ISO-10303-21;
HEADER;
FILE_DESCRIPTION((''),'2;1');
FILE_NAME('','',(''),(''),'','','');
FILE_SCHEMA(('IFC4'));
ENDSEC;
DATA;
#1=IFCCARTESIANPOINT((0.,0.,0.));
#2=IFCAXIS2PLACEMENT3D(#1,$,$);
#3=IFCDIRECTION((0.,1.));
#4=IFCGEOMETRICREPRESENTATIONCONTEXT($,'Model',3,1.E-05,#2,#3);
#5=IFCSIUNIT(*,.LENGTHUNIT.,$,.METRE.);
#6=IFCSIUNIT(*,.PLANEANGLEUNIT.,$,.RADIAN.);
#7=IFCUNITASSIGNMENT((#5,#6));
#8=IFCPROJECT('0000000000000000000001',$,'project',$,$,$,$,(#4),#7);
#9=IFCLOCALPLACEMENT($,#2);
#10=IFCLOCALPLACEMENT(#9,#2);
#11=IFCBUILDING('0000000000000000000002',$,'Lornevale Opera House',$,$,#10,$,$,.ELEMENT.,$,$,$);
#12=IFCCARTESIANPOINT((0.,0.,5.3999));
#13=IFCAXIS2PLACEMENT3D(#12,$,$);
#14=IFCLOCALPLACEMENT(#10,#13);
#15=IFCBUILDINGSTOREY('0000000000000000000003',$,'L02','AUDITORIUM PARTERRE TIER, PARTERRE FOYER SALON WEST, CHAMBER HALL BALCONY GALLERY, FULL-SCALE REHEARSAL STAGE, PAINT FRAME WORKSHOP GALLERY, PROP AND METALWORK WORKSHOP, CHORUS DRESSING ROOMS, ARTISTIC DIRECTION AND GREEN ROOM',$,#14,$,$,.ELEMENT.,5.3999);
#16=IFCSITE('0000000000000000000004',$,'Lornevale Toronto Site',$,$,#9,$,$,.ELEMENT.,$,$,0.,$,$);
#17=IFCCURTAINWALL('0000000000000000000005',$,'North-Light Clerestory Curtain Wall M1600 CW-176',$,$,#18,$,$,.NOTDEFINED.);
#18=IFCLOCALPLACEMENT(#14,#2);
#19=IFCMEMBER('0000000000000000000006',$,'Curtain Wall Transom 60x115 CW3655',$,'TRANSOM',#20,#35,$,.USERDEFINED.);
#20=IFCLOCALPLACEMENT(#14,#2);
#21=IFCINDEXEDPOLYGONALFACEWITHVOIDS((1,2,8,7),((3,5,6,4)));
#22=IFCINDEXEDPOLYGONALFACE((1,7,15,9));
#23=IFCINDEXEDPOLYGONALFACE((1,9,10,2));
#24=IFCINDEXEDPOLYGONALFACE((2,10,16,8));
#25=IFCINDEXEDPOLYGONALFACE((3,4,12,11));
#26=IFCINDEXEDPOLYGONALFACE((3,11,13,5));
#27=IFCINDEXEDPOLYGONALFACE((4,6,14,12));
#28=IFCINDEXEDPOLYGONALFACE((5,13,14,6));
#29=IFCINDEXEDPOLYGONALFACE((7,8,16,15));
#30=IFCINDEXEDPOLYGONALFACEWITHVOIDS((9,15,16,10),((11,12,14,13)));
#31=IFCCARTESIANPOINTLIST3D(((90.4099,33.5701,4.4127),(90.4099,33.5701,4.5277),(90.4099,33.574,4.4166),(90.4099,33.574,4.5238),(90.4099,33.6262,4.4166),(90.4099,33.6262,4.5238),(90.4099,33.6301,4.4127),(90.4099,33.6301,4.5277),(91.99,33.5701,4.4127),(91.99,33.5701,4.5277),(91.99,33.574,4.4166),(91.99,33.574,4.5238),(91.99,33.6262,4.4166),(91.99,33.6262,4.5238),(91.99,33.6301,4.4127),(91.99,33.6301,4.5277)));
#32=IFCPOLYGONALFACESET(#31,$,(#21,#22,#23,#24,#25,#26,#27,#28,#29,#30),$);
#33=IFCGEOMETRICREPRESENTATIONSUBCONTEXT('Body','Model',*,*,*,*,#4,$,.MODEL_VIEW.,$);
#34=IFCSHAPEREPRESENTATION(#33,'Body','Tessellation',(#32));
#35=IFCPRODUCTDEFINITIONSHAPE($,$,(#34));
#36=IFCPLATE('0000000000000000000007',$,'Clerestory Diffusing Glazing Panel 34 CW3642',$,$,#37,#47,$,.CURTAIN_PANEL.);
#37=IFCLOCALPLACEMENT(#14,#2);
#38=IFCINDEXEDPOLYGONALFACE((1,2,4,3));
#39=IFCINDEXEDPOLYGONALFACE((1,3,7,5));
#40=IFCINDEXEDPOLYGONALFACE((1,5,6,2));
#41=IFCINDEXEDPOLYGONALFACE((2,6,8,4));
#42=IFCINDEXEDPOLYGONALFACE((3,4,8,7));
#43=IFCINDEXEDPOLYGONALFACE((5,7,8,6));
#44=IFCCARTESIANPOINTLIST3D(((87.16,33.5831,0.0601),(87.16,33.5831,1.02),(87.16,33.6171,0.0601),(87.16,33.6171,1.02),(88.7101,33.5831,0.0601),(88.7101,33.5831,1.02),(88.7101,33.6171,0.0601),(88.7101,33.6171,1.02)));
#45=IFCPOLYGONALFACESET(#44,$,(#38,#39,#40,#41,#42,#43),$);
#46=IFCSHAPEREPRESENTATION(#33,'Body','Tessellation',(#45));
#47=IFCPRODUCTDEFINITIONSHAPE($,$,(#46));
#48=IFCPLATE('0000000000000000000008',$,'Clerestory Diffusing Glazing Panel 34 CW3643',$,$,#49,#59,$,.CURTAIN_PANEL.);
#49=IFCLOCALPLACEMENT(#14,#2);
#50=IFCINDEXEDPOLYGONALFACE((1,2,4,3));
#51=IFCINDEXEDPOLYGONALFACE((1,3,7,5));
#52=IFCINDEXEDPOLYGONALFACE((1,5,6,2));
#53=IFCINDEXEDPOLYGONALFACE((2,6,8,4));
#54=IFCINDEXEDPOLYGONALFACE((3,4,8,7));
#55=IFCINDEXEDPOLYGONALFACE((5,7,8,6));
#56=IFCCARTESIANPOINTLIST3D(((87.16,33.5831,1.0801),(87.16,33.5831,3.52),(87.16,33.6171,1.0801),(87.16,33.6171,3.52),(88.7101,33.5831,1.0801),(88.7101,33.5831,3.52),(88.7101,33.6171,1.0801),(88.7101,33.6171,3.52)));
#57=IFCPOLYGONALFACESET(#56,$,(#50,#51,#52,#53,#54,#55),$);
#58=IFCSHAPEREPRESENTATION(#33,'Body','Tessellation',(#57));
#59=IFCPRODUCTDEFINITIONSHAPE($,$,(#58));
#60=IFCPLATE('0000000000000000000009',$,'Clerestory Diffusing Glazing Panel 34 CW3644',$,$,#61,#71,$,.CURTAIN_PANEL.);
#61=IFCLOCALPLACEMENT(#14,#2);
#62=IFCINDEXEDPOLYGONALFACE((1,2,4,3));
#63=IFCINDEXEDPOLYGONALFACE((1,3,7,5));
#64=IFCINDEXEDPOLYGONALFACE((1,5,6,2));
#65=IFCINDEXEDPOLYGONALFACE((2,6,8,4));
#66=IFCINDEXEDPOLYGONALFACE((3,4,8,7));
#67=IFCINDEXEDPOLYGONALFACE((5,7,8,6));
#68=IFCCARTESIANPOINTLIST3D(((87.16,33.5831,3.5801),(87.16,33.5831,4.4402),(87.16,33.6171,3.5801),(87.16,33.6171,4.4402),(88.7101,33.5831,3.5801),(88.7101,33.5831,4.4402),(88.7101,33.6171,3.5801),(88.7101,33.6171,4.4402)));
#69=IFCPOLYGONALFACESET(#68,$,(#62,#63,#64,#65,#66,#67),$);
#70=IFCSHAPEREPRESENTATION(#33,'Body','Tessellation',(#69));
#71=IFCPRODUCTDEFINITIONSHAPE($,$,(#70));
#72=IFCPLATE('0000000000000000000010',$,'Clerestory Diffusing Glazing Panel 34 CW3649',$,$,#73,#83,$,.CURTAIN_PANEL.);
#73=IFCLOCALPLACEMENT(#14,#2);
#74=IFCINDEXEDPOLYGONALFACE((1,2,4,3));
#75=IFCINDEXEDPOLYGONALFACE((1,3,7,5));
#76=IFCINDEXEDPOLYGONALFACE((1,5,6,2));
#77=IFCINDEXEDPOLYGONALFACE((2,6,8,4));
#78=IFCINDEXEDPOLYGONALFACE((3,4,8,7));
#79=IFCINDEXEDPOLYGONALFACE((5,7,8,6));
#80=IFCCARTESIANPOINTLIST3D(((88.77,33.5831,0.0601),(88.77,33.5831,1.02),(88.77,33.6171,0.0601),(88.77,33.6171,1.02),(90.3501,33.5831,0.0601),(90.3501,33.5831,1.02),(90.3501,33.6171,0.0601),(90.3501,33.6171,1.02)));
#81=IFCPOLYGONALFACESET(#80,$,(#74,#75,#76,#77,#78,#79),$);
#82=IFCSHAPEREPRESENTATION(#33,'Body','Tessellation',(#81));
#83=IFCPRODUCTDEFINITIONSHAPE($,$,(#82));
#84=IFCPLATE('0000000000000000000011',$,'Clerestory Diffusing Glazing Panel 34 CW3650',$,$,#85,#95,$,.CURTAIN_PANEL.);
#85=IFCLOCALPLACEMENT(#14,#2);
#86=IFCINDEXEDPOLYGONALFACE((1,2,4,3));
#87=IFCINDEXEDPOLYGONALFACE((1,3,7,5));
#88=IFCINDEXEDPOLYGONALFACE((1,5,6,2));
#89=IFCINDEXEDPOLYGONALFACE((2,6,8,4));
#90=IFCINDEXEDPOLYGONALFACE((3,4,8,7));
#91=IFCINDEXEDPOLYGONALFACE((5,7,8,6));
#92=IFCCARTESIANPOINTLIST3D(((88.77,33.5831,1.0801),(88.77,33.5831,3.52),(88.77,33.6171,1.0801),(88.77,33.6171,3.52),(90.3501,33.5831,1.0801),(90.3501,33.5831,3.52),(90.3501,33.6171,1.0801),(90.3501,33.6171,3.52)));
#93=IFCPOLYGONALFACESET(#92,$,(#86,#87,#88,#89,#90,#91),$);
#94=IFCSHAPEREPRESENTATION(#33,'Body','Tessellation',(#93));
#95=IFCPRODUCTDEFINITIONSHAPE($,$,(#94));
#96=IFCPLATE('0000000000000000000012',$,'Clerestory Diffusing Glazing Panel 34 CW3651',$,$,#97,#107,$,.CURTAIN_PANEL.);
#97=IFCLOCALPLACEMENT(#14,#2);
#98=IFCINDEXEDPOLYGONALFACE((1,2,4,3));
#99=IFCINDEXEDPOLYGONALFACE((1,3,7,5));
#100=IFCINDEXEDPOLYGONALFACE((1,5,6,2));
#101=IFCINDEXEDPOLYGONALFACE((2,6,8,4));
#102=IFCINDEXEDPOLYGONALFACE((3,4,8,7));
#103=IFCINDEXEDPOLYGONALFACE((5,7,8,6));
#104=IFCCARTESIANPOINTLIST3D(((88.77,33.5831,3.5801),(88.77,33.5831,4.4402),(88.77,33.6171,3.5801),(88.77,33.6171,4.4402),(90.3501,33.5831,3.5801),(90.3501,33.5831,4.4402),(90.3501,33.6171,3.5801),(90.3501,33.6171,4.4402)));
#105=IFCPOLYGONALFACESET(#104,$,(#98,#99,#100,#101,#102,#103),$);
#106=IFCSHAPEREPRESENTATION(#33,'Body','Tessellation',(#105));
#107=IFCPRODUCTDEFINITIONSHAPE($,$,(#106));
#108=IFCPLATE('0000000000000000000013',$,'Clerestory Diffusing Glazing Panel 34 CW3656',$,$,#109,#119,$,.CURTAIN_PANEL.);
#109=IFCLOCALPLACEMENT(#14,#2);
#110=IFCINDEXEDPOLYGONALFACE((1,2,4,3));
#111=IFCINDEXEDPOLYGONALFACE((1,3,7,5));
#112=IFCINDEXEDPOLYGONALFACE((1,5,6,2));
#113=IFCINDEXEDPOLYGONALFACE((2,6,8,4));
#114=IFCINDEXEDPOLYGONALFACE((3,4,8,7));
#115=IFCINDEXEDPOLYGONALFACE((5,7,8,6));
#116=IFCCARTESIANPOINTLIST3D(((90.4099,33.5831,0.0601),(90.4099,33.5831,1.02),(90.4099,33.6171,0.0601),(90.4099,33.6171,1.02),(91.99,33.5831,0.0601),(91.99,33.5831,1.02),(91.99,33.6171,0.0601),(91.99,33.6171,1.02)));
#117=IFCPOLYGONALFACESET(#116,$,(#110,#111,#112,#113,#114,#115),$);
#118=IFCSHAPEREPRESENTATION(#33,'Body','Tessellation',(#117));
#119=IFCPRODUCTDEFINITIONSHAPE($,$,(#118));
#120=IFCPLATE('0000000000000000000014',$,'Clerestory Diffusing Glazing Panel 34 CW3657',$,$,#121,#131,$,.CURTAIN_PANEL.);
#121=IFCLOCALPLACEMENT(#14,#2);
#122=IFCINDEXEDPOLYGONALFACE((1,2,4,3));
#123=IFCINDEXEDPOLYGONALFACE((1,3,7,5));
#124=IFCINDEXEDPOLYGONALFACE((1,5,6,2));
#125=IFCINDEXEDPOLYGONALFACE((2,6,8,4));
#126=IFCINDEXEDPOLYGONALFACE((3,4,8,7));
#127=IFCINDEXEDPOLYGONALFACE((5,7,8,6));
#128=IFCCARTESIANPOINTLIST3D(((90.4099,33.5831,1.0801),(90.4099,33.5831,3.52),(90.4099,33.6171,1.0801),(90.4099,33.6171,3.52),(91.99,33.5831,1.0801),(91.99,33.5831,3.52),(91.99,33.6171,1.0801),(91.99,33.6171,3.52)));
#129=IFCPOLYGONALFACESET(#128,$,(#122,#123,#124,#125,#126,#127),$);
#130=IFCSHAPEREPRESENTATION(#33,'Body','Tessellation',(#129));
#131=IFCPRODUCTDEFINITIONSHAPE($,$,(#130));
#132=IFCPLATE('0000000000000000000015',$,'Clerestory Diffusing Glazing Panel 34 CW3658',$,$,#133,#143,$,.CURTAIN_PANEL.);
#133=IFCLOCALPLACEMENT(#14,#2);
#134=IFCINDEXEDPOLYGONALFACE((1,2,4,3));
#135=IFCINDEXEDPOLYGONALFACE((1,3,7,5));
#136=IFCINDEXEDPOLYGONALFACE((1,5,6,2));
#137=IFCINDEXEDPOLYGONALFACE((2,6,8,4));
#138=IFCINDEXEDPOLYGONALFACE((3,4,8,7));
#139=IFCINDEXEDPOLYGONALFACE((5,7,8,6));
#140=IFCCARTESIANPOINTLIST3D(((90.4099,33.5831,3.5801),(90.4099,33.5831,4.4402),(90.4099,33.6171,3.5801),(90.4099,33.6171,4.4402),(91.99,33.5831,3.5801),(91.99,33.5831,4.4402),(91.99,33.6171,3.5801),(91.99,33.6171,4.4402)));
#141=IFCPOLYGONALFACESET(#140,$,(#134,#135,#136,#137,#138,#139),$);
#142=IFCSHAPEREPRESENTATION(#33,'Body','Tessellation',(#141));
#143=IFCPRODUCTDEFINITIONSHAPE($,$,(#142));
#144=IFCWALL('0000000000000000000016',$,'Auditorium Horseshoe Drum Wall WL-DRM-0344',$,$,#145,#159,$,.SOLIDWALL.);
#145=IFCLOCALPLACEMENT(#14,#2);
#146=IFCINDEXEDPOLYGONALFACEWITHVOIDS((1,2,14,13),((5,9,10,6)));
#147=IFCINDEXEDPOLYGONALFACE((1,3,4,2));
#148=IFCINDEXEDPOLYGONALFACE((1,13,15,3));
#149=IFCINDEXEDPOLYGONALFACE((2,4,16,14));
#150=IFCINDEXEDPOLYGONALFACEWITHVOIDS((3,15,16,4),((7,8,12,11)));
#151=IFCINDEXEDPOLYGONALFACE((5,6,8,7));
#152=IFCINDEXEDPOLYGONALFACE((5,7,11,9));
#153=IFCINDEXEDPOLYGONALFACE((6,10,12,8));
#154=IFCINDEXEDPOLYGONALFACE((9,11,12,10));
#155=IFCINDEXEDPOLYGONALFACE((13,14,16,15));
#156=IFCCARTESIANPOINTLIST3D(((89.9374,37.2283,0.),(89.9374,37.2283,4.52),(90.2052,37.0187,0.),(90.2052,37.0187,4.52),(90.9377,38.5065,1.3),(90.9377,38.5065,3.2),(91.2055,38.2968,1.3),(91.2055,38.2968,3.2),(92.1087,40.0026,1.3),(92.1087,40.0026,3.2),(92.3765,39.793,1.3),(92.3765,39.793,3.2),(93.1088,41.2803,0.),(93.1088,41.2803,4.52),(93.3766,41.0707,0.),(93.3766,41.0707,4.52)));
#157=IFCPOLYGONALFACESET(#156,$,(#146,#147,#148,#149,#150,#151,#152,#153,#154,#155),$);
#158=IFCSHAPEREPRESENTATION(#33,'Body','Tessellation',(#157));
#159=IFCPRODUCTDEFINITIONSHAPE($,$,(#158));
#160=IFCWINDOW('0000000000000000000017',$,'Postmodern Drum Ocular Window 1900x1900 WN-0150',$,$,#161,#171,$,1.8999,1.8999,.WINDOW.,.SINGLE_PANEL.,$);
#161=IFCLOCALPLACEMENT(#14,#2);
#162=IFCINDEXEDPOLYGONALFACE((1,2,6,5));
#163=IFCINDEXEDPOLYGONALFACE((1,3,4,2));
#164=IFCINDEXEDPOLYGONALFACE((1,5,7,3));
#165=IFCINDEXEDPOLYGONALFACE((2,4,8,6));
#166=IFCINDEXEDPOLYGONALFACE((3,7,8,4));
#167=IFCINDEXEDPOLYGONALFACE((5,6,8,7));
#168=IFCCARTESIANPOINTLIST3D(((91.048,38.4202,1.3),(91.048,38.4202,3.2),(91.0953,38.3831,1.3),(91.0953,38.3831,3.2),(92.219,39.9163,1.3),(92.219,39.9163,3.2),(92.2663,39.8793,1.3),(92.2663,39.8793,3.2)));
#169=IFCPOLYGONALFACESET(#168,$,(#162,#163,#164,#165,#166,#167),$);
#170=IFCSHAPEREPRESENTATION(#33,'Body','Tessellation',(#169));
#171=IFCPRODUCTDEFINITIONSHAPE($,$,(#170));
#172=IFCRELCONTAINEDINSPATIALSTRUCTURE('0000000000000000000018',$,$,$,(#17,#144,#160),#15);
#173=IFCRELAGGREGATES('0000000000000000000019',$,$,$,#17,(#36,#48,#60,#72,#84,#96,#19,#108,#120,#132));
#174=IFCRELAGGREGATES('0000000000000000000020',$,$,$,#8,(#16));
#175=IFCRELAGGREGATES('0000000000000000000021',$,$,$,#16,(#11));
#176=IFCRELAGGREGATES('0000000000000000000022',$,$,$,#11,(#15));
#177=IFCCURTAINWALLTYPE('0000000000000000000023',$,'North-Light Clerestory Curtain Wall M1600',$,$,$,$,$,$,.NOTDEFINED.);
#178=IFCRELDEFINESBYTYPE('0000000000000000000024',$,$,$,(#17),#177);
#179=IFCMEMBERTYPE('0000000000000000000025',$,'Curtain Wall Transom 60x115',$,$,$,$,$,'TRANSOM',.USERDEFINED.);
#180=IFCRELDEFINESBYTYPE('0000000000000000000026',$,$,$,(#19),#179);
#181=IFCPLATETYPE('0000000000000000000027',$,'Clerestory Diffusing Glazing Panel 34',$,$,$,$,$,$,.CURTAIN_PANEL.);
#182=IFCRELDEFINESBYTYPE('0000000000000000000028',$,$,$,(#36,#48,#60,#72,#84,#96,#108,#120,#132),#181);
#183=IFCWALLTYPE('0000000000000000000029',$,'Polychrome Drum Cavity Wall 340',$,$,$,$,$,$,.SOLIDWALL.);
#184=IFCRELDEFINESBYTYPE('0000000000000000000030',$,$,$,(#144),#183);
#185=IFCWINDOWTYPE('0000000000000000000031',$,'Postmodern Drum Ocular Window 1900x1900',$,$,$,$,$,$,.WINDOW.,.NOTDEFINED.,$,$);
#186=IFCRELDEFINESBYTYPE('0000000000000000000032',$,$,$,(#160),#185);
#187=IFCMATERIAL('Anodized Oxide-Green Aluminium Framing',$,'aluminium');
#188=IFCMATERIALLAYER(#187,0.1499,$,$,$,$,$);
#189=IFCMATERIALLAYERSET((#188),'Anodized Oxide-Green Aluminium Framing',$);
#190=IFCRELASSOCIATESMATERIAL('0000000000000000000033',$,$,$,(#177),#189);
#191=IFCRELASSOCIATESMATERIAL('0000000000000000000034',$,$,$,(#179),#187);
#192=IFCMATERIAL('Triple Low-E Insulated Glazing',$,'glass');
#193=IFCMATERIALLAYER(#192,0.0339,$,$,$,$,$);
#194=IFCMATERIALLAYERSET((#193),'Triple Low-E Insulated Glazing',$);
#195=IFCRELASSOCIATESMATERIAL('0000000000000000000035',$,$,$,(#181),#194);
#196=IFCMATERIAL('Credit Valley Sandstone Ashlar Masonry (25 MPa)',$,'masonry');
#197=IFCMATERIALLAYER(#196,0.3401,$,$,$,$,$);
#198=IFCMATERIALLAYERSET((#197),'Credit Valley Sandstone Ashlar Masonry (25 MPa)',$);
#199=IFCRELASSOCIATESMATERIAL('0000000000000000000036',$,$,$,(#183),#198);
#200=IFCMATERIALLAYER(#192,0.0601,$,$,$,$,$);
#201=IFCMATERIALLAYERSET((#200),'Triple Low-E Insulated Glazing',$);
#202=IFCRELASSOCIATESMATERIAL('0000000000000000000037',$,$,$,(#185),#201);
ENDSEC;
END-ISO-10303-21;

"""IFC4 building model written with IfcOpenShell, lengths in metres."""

from ifc_helpers import new_model, si_unit, direction, frame, frame_2d, origin, origin_2d, place, context, subcontext, project, spatial, rectangle, hollow_rectangle, extrude, material, layer, layer_set, material_profile, profile_set, type_object, element, fill, aggregate, save


model = new_model("IFC4")

# Units and contexts
model_context = context("Model", 3, precision=1e-05, world=origin(), true_north=direction((0.0, 1.0)))
body_context = subcontext(model_context, "Body", "Model", "MODEL_VIEW")
ifc_project = project(units=[si_unit("LENGTHUNIT", "METRE"), si_unit("PLANEANGLEUNIT", "RADIAN")], contexts=[model_context])

# Site, building, storey
site_placement = place(None, origin())
site = spatial("IfcSite", under=ifc_project, at=site_placement, Name="Lornevale Toronto Site", CompositionType="ELEMENT", RefElevation=0.0)
building_placement = place(site_placement, origin())
building = spatial("IfcBuilding", under=site, at=building_placement, Name="Lornevale Opera House", CompositionType="ELEMENT")
storey_placement = place(building_placement, frame((0.0, 0.0, 5.3999)))
storey = spatial("IfcBuildingStorey", under=building, at=storey_placement, Name="L02", Description="AUDITORIUM PARTERRE TIER, PARTERRE FOYER SALON WEST, CHAMBER HALL BALCONY GALLERY, FULL-SCALE REHEARSAL STAGE, PAINT FRAME WORKSHOP GALLERY, PROP AND METALWORK WORKSHOP, CHORUS DRESSING ROOMS, ARTISTIC DIRECTION AND GREEN ROOM", CompositionType="ELEMENT", Elevation=5.3999)

# Curtain wall, member, plates
ifc_material_1 = material(Name="Anodized Oxide-Green Aluminium Framing", Category="aluminium")
ifc_layer_1 = layer(ifc_material_1, 0.1499)
ifc_layer_set_1 = layer_set([ifc_layer_1], Name="Anodized Oxide-Green Aluminium Framing")
curtain_wall_type = type_object("IfcCurtainWallType", Name="North-Light Clerestory Curtain Wall M1600", PredefinedType="NOTDEFINED", material=ifc_layer_set_1)
curtain_wall_placement = place(storey_placement, origin())
curtain_wall = element("IfcCurtainWall", 1, at=curtain_wall_placement, inside=storey, type_object=curtain_wall_type, Name="North-Light Clerestory Curtain Wall M1600 CW-176", PredefinedType="NOTDEFINED")
ifc_material_profile_1 = material_profile(ifc_material_1, hollow_rectangle(XDim=0.0601, YDim=0.115, WallThickness=0.0039, at=origin_2d()), Name="ALU60x115x4")
ifc_profile_set_1 = profile_set([ifc_material_profile_1], Name="Anodized Oxide-Green Aluminium Framing")
member_type_1 = type_object("IfcMemberType", Name="Curtain Wall Transom 60x115", ElementType="TRANSOM", PredefinedType="USERDEFINED", material=ifc_profile_set_1)
member_1_placement = place(storey_placement, frame((90.4099, 33.6001, 4.4702), z_axis=(1.0, 0.0, 0.0), x_axis=(0.0, 1.0, 0.0)))
member_1 = element("IfcMember", 2, at=member_1_placement, type_object=member_type_1, Name="Curtain Wall Transom 60x115 CW3655", ObjectType="TRANSOM", PredefinedType="USERDEFINED", context=body_context, shape_type="SweptSolid", body=[
    extrude(hollow_rectangle(XDim=0.0601, YDim=0.115, WallThickness=0.0039, at=origin_2d()), origin(), (0.0, 0.0, 1.0), 1.5801),
])
ifc_material_2 = material(Name="Triple Low-E Insulated Glazing", Category="glass")
ifc_layer_2 = layer(ifc_material_2, 0.0339)
ifc_layer_set_2 = layer_set([ifc_layer_2], Name="Triple Low-E Insulated Glazing")
plate_type = type_object("IfcPlateType", Name="Clerestory Diffusing Glazing Panel 34", PredefinedType="CURTAIN_PANEL", material=ifc_layer_set_2)
plate_1_placement = place(storey_placement, frame((87.9351, 33.6001, 0.0601), z_axis=(0.0, 0.0, 1.0), x_axis=(1.0, 0.0, 0.0)))
plate_1 = element("IfcPlate", 3, at=plate_1_placement, type_object=plate_type, Name="Clerestory Diffusing Glazing Panel 34 CW3642", PredefinedType="CURTAIN_PANEL", context=body_context, shape_type="SweptSolid", body=[
    extrude(rectangle(XDim=1.55, YDim=0.0339, at=origin_2d()), origin(), (0.0, 0.0, 1.0), 0.96),
])
plate_2_placement = place(storey_placement, frame((87.9351, 33.6001, 1.0801), z_axis=(0.0, 0.0, 1.0), x_axis=(1.0, 0.0, 0.0)))
plate_2 = element("IfcPlate", 4, at=plate_2_placement, type_object=plate_type, Name="Clerestory Diffusing Glazing Panel 34 CW3643", PredefinedType="CURTAIN_PANEL", context=body_context, shape_type="SweptSolid", body=[
    extrude(rectangle(XDim=1.55, YDim=0.0339, at=origin_2d()), origin(), (0.0, 0.0, 1.0), 2.4399),
])
plate_3_placement = place(storey_placement, frame((87.9351, 33.6001, 3.5801), z_axis=(0.0, 0.0, 1.0), x_axis=(1.0, 0.0, 0.0)))
plate_3 = element("IfcPlate", 5, at=plate_3_placement, type_object=plate_type, Name="Clerestory Diffusing Glazing Panel 34 CW3644", PredefinedType="CURTAIN_PANEL", context=body_context, shape_type="SweptSolid", body=[
    extrude(rectangle(XDim=1.55, YDim=0.0339, at=origin_2d()), origin(), (0.0, 0.0, 1.0), 0.8601),
])
plate_4_placement = place(storey_placement, frame((89.5601, 33.6001, 0.0601), z_axis=(0.0, 0.0, 1.0), x_axis=(1.0, 0.0, 0.0)))
plate_4 = element("IfcPlate", 6, at=plate_4_placement, type_object=plate_type, Name="Clerestory Diffusing Glazing Panel 34 CW3649", PredefinedType="CURTAIN_PANEL", context=body_context, shape_type="SweptSolid", body=[
    extrude(rectangle(XDim=1.5801, YDim=0.0339, at=origin_2d()), origin(), (0.0, 0.0, 1.0), 0.96),
])
plate_5_placement = place(storey_placement, frame((89.5601, 33.6001, 1.0801), z_axis=(0.0, 0.0, 1.0), x_axis=(1.0, 0.0, 0.0)))
plate_5 = element("IfcPlate", 7, at=plate_5_placement, type_object=plate_type, Name="Clerestory Diffusing Glazing Panel 34 CW3650", PredefinedType="CURTAIN_PANEL", context=body_context, shape_type="SweptSolid", body=[
    extrude(rectangle(XDim=1.5801, YDim=0.0339, at=origin_2d()), origin(), (0.0, 0.0, 1.0), 2.4399),
])
plate_6_placement = place(storey_placement, frame((89.5601, 33.6001, 3.5801), z_axis=(0.0, 0.0, 1.0), x_axis=(1.0, 0.0, 0.0)))
plate_6 = element("IfcPlate", 8, at=plate_6_placement, type_object=plate_type, Name="Clerestory Diffusing Glazing Panel 34 CW3651", PredefinedType="CURTAIN_PANEL", context=body_context, shape_type="SweptSolid", body=[
    extrude(rectangle(XDim=1.5801, YDim=0.0339, at=origin_2d()), origin(), (0.0, 0.0, 1.0), 0.8601),
])
plate_7_placement = place(storey_placement, frame((91.2, 33.6001, 0.0601), z_axis=(0.0, 0.0, 1.0), x_axis=(1.0, 0.0, 0.0)))
plate_7 = element("IfcPlate", 9, at=plate_7_placement, type_object=plate_type, Name="Clerestory Diffusing Glazing Panel 34 CW3656", PredefinedType="CURTAIN_PANEL", context=body_context, shape_type="SweptSolid", body=[
    extrude(rectangle(XDim=1.5801, YDim=0.0339, at=origin_2d()), origin(), (0.0, 0.0, 1.0), 0.96),
])
plate_8_placement = place(storey_placement, frame((91.2, 33.6001, 1.0801), z_axis=(0.0, 0.0, 1.0), x_axis=(1.0, 0.0, 0.0)))
plate_8 = element("IfcPlate", 10, at=plate_8_placement, type_object=plate_type, Name="Clerestory Diffusing Glazing Panel 34 CW3657", PredefinedType="CURTAIN_PANEL", context=body_context, shape_type="SweptSolid", body=[
    extrude(rectangle(XDim=1.5801, YDim=0.0339, at=origin_2d()), origin(), (0.0, 0.0, 1.0), 2.4399),
])
plate_9_placement = place(storey_placement, frame((91.2, 33.6001, 3.5801), z_axis=(0.0, 0.0, 1.0), x_axis=(1.0, 0.0, 0.0)))
plate_9 = element("IfcPlate", 11, at=plate_9_placement, type_object=plate_type, Name="Clerestory Diffusing Glazing Panel 34 CW3658", PredefinedType="CURTAIN_PANEL", context=body_context, shape_type="SweptSolid", body=[
    extrude(rectangle(XDim=1.5801, YDim=0.0339, at=origin_2d()), origin(), (0.0, 0.0, 1.0), 0.8601),
])
aggregate(curtain_wall, [plate_1, plate_2, plate_3, plate_4, plate_5, plate_6, member_1, plate_7, plate_8, plate_9])

# Wall, opening, window
ifc_material_3 = material(Name="Credit Valley Sandstone Ashlar Masonry (25 MPa)", Category="masonry")
ifc_layer_3 = layer(ifc_material_3, 0.3401)
ifc_layer_set_3 = layer_set([ifc_layer_3], Name="Credit Valley Sandstone Ashlar Masonry (25 MPa)")
wall_type = type_object("IfcWallType", Name="Polychrome Drum Cavity Wall 340", PredefinedType="SOLIDWALL", material=ifc_layer_set_3)
wall_placement = place(storey_placement, frame((90.0713, 37.1235, 0.0), z_axis=(0.0, 0.0, 1.0), x_axis=(0.616339, 0.787481, 0.0)))
wall = element("IfcWall", 12, at=wall_placement, inside=storey, type_object=wall_type, Name="Auditorium Horseshoe Drum Wall WL-DRM-0344", PredefinedType="SOLIDWALL", context=body_context, shape_type="SweptSolid", body=[
    extrude(rectangle(XDim=5.1455, YDim=0.3401, at=frame_2d((2.5728, 0.0))), origin(), (0.0, 0.0, 1.0), 4.52),
])
opening_placement = place(wall_placement, frame((1.623, 0.0, 1.3)))
opening = element("IfcOpeningElement", 13, at=opening_placement, cuts=wall, PredefinedType="OPENING", context=body_context, shape_type="SweptSolid", body=[
    extrude(rectangle(XDim=1.8999, YDim=1.8999, at=frame_2d((0.95, 0.95))), frame((0.0, 0.1799, 0.0), z_axis=(0.0, -1.0, 0.0), x_axis=(1.0, 0.0, 0.0)), (0.0, 0.0, 1.0), 0.3601),
])
ifc_layer_4 = layer(ifc_material_2, 0.0601)
ifc_layer_set_4 = layer_set([ifc_layer_4], Name="Triple Low-E Insulated Glazing")
window_type = type_object("IfcWindowType", Name="Postmodern Drum Ocular Window 1900x1900", PartitioningType="NOTDEFINED", PredefinedType="WINDOW", material=ifc_layer_set_4)
window_placement = place(opening_placement, origin())
window = element("IfcWindow", 14, at=window_placement, inside=storey, type_object=window_type, Name="Postmodern Drum Ocular Window 1900x1900 WN-0150", OverallHeight=1.8999, OverallWidth=1.8999, PartitioningType="SINGLE_PANEL", PredefinedType="WINDOW", context=body_context, shape_type="SweptSolid", body=[
    extrude(rectangle(XDim=1.8999, YDim=1.8999, at=frame_2d((0.95, 0.95))), frame((0.0, 0.03, 0.0), z_axis=(0.0, -1.0, 0.0), x_axis=(1.0, 0.0, 0.0)), (0.0, 0.0, 1.0), 0.0601),
])
fill(opening, window)

save(model, "model.ifc")
